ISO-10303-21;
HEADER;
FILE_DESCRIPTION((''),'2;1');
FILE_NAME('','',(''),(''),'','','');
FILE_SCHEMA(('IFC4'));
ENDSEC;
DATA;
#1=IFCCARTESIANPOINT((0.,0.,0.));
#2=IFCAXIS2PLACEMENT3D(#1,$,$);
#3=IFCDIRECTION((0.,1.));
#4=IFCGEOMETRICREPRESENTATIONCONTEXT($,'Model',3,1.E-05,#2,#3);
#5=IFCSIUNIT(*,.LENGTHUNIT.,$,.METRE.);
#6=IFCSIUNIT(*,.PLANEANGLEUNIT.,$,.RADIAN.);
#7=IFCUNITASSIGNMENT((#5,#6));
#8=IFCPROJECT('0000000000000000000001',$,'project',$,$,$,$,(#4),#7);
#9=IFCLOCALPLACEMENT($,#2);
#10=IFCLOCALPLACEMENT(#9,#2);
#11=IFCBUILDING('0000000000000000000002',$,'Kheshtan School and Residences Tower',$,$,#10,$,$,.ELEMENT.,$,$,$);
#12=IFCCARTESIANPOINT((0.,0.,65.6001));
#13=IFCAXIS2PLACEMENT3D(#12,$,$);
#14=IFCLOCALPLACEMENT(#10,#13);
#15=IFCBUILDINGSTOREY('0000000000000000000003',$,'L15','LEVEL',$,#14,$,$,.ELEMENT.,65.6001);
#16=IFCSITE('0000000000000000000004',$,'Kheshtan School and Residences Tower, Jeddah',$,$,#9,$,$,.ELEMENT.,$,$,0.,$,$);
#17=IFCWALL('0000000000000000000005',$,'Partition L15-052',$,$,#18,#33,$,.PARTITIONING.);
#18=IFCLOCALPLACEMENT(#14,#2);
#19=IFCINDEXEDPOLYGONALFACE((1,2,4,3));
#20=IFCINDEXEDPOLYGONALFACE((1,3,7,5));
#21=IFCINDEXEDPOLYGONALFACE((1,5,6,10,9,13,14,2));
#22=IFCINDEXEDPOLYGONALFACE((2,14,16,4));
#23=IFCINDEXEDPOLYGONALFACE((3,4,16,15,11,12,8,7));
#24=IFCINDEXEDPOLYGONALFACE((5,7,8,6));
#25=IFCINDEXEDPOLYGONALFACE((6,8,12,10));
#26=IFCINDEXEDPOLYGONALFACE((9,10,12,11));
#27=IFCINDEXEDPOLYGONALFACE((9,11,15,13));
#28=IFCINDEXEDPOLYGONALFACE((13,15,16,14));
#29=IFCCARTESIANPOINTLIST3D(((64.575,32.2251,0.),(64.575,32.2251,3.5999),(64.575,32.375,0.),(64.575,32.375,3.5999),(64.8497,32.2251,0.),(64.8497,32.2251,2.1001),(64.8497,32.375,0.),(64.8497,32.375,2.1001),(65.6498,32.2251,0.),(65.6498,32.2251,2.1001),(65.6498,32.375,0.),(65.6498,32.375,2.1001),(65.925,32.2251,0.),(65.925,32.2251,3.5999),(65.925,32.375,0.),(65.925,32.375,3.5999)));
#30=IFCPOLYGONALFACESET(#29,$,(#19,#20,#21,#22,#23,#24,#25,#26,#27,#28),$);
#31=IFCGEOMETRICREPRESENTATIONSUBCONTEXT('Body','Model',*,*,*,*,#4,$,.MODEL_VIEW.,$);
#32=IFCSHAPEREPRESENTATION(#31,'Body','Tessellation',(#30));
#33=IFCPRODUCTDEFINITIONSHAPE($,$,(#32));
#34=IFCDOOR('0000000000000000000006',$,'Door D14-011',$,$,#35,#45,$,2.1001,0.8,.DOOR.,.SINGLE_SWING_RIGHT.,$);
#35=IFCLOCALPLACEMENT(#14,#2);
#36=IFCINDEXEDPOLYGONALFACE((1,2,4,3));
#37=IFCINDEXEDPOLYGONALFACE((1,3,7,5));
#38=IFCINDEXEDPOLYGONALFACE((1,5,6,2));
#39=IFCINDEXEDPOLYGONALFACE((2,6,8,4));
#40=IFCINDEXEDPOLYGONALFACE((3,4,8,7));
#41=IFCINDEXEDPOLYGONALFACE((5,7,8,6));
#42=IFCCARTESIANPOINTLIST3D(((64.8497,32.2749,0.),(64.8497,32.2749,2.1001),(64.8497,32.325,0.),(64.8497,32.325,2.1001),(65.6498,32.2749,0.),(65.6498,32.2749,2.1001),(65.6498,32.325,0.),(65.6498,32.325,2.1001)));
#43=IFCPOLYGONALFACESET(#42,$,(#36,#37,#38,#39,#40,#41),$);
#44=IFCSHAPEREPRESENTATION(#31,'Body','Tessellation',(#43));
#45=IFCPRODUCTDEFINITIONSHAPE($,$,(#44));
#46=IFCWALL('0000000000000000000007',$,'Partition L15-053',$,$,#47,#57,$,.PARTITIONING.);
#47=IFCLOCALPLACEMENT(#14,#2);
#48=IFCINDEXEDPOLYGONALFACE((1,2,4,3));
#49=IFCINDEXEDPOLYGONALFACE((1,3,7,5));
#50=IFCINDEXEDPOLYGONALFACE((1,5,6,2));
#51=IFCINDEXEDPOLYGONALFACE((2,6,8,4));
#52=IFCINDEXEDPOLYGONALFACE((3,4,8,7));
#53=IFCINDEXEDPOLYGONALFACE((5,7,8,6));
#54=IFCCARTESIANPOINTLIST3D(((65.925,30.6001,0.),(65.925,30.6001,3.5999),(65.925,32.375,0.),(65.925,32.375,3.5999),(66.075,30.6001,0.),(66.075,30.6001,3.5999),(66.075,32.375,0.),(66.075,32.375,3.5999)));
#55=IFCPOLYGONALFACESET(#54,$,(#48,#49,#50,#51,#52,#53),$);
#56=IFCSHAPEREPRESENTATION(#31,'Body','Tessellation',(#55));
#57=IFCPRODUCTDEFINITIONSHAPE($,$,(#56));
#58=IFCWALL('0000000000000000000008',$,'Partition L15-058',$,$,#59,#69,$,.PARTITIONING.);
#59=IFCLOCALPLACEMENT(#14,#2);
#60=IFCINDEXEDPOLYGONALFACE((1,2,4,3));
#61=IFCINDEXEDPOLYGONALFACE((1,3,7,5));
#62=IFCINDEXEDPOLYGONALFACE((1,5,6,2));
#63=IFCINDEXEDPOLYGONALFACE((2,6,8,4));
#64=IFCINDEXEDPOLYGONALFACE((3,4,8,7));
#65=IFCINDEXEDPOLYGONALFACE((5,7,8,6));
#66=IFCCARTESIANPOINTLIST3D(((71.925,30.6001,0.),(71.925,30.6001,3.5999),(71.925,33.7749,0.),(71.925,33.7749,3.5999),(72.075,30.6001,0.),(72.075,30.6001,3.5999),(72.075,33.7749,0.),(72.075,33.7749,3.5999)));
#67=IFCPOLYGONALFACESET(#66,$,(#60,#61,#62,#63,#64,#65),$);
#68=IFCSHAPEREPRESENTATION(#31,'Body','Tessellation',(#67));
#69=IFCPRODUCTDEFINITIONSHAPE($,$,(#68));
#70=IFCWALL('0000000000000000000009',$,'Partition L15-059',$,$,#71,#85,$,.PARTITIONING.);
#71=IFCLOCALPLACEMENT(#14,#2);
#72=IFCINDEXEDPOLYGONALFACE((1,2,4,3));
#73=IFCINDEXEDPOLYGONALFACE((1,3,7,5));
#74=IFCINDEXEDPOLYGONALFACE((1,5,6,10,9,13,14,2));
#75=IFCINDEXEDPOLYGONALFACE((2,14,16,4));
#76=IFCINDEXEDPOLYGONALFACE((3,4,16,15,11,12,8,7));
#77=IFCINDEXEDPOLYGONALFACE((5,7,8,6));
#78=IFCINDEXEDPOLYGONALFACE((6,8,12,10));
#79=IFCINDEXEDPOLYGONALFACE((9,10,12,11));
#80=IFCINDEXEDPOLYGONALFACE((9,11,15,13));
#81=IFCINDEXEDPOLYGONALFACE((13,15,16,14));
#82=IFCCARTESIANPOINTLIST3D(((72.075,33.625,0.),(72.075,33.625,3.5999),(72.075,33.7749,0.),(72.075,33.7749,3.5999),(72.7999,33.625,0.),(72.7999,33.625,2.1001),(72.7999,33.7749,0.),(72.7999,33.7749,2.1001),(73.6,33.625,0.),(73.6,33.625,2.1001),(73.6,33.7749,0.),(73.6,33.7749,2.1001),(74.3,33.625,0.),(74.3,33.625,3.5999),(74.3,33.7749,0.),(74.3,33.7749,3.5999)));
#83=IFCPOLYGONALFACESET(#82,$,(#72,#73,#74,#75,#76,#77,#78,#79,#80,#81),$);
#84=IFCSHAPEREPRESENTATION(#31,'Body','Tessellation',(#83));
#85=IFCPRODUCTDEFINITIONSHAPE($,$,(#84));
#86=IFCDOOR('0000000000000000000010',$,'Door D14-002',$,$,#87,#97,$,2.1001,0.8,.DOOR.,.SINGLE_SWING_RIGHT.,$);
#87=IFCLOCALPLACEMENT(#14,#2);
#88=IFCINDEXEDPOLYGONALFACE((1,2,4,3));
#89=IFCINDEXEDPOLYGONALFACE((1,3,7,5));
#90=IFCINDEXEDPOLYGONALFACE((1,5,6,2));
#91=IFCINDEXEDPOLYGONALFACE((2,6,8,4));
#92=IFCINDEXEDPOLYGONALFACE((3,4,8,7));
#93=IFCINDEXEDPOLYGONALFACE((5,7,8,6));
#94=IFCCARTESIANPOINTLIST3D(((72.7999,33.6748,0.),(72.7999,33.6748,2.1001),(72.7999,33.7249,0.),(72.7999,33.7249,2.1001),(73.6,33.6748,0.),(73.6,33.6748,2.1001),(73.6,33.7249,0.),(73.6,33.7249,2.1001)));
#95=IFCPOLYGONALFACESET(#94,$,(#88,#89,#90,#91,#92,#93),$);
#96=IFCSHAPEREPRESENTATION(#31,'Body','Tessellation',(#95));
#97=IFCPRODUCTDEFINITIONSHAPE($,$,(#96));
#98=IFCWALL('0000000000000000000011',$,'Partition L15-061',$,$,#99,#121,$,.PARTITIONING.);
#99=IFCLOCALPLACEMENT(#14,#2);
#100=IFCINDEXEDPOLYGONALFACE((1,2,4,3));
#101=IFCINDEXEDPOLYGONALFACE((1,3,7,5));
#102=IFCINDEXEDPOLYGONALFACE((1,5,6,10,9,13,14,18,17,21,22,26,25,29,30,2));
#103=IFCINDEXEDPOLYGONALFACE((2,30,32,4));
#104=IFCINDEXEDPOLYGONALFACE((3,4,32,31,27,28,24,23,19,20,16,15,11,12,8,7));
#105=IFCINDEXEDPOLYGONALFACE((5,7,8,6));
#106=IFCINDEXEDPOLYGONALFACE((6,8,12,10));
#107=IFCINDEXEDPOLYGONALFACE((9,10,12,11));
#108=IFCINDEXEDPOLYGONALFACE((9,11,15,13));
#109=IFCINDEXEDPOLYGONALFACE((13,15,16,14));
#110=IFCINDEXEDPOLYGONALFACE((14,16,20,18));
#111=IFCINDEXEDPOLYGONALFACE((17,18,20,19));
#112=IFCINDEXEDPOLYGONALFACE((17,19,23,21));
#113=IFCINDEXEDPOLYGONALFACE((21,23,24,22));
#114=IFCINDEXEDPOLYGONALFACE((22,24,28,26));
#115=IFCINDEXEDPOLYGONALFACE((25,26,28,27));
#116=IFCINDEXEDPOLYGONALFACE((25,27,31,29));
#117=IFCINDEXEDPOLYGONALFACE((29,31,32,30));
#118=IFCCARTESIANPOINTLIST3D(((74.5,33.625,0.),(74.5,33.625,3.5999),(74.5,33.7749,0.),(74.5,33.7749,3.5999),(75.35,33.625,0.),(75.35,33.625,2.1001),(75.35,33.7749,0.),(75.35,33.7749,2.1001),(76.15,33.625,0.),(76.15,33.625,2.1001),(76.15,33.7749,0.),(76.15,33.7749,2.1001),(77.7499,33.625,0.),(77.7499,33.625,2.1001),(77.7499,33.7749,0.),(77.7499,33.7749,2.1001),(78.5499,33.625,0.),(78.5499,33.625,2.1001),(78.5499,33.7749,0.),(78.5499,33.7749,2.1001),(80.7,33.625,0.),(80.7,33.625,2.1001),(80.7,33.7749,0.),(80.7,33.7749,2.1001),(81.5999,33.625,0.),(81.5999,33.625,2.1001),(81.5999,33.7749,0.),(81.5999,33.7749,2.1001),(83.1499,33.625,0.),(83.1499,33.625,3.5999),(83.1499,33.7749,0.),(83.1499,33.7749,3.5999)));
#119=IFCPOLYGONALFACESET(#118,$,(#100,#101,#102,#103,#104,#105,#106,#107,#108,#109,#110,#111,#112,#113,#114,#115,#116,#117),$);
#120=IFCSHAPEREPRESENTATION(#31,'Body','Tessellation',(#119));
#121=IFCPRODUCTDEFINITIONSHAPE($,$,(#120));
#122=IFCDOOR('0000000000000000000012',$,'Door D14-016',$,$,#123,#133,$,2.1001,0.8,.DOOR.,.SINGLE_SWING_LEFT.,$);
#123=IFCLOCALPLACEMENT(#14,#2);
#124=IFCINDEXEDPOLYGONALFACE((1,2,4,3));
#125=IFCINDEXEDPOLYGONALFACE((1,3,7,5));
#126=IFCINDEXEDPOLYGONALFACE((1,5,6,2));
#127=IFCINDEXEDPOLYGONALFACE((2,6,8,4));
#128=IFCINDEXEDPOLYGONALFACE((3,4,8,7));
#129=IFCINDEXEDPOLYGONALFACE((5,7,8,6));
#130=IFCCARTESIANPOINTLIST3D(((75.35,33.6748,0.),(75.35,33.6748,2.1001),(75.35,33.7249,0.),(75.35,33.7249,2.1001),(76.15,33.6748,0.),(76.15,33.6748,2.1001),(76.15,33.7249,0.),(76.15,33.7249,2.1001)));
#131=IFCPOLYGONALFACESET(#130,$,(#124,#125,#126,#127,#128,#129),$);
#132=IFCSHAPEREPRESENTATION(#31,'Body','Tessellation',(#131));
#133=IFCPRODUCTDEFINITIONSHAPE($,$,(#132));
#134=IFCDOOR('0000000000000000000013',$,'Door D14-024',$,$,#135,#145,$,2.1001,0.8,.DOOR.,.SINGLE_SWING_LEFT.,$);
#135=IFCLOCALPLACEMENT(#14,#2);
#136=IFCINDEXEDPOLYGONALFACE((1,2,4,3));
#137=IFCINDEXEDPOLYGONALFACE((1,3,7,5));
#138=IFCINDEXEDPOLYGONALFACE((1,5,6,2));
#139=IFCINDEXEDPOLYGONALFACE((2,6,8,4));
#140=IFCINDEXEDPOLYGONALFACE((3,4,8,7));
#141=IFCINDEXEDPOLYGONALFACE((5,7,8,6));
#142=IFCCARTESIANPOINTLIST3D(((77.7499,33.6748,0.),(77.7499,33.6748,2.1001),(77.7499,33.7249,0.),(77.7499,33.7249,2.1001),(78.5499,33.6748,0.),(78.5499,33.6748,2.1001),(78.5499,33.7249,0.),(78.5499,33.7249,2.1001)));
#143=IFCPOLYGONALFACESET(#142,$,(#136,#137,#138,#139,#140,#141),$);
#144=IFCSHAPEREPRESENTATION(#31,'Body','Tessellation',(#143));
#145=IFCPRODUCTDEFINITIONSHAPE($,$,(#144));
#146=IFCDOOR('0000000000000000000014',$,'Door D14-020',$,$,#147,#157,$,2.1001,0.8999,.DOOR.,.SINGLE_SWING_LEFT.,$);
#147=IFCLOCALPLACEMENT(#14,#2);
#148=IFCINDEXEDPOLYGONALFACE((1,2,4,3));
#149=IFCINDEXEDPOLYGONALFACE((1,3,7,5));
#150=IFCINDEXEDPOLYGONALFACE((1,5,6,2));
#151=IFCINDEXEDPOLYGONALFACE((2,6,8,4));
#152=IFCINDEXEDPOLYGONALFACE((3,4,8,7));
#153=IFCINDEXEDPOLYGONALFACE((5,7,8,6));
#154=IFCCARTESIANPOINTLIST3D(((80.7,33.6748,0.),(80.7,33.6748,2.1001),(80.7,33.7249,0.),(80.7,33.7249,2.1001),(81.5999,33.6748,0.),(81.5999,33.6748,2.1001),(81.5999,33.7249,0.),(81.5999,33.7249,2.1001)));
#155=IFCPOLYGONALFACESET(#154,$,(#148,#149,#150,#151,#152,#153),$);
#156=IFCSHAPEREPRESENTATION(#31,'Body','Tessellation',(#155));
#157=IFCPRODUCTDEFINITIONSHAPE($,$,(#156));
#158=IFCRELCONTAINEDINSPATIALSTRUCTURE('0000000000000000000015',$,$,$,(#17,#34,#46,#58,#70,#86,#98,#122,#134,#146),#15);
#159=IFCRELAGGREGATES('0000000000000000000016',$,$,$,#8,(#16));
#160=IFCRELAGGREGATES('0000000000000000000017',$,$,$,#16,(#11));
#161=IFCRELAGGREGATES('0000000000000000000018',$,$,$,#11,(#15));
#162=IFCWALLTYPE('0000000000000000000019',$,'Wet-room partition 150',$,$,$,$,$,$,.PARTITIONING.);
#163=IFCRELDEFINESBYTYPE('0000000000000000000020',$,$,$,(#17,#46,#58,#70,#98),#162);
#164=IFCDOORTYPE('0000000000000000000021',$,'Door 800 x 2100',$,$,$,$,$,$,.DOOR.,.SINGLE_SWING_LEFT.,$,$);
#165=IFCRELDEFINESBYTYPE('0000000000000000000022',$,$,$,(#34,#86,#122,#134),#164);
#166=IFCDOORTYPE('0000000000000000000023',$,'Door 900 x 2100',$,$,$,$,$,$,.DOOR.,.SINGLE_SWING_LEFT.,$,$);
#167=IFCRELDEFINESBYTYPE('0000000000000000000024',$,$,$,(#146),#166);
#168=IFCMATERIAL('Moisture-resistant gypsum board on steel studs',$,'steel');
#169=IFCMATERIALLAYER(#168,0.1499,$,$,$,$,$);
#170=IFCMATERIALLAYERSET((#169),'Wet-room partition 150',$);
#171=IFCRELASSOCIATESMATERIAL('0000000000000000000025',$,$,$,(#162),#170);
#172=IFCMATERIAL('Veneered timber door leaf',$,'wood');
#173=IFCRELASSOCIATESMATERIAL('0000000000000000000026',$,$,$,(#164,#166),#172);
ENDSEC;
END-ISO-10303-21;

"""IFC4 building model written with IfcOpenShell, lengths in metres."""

from ifc_helpers import new_model, si_unit, direction, frame, frame_2d, origin, place, context, subcontext, project, spatial, rectangle, extrude, source, transform, mapped, material, layer, layer_set, type_object, element, fill, save


model = new_model("IFC4")

# Units and contexts
model_context = context("Model", 3, precision=1e-05, world=origin(), true_north=direction((0.0, 1.0)))
body_context = subcontext(model_context, "Body", "Model", "MODEL_VIEW")
ifc_project = project(units=[si_unit("LENGTHUNIT", "METRE"), si_unit("PLANEANGLEUNIT", "RADIAN")], contexts=[model_context])

# Site, building, storey
site_placement = place(None, origin())
site = spatial("IfcSite", under=ifc_project, at=site_placement, Name="Kheshtan School and Residences Tower, Jeddah", CompositionType="ELEMENT", RefElevation=0.0)
building_placement = place(site_placement, origin())
building = spatial("IfcBuilding", under=site, at=building_placement, Name="Kheshtan School and Residences Tower", CompositionType="ELEMENT")
storey_placement = place(building_placement, frame((0.0, 0.0, 65.6001)))
storey = spatial("IfcBuildingStorey", under=building, at=storey_placement, Name="L15", Description="LEVEL", CompositionType="ELEMENT", Elevation=65.6001)

# Shared definitions
ifc_material_1 = material(Name="Moisture-resistant gypsum board on steel studs", Category="steel")
ifc_layer_1 = layer(ifc_material_1, 0.1499)
ifc_layer_set_1 = layer_set([ifc_layer_1], Name="Wet-room partition 150")
wall_type_1 = type_object("IfcWallType", Name="Wet-room partition 150", PredefinedType="PARTITIONING", material=ifc_layer_set_1)

# Wall, opening, door
wall_1_placement = place(storey_placement, frame((64.575, 32.3, 0.0), z_axis=(0.0, 0.0, 1.0), x_axis=(1.0, 0.0, 0.0)))
wall_1 = element("IfcWall", 1, at=wall_1_placement, inside=storey, type_object=wall_type_1, Name="Partition L15-052", PredefinedType="PARTITIONING", context=body_context, shape_type="SweptSolid", body=[
    extrude(rectangle(XDim=1.3501, YDim=0.1499, at=frame_2d((0.675, 0.0))), origin(), (0.0, 0.0, 1.0), 3.5999),
])
opening_1_placement = place(wall_1_placement, frame((0.2749, 0.0, 0.0)))
opening_1 = element("IfcOpeningElement", 2, at=opening_1_placement, cuts=wall_1, PredefinedType="OPENING", context=body_context, shape_type="SweptSolid", body=[
    extrude(rectangle(XDim=0.8, YDim=2.1001, at=frame_2d((0.3999, 1.05))), frame((0.0, 0.085, 0.0), z_axis=(0.0, -1.0, 0.0), x_axis=(1.0, 0.0, 0.0)), (0.0, 0.0, 1.0), 0.1699),
])
ifc_material_2 = material(Name="Veneered timber door leaf", Category="wood")
door_type_1 = type_object("IfcDoorType", Name="Door 800 x 2100", OperationType="SINGLE_SWING_LEFT", PredefinedType="DOOR", material=ifc_material_2)
shared_shape_1 = source(origin(), body_context, "Body", "SweptSolid", [
    extrude(rectangle(XDim=0.8, YDim=2.1001, at=frame_2d((0.3999, 1.05))), frame((0.0, 0.0249, 0.0), z_axis=(0.0, -1.0, 0.0), x_axis=(1.0, 0.0, 0.0)), (0.0, 0.0, 1.0), 0.05),
])
door_1_placement = place(opening_1_placement, origin())
door_1 = element("IfcDoor", 3, at=door_1_placement, inside=storey, type_object=door_type_1, Name="Door D14-011", OperationType="SINGLE_SWING_RIGHT", OverallHeight=2.1001, OverallWidth=0.8, PredefinedType="DOOR", context=body_context, shape_type="MappedRepresentation", body=[
    mapped(shared_shape_1, transform((0.0, 0.0, 0.0), x_axis=(1.0, 0.0, 0.0), y_axis=(0.0, 1.0, 0.0), z_axis=(0.0, 0.0, 1.0), scale=1.0)),
])
fill(opening_1, door_1)

# Walls
wall_2_placement = place(storey_placement, frame((66.0, 30.6001, 0.0), z_axis=(0.0, 0.0, 1.0), x_axis=(0.0, 1.0, 0.0)))
element("IfcWall", 4, at=wall_2_placement, inside=storey, type_object=wall_type_1, Name="Partition L15-053", PredefinedType="PARTITIONING", context=body_context, shape_type="SweptSolid", body=[
    extrude(rectangle(XDim=1.7749, YDim=0.1499, at=frame_2d((0.8875, 0.0))), origin(), (0.0, 0.0, 1.0), 3.5999),
])
wall_3_placement = place(storey_placement, frame((72.0, 30.6001, 0.0), z_axis=(0.0, 0.0, 1.0), x_axis=(0.0, 1.0, 0.0)))
element("IfcWall", 5, at=wall_3_placement, inside=storey, type_object=wall_type_1, Name="Partition L15-058", PredefinedType="PARTITIONING", context=body_context, shape_type="SweptSolid", body=[
    extrude(rectangle(XDim=3.1748, YDim=0.1499, at=frame_2d((1.5874, 0.0))), origin(), (0.0, 0.0, 1.0), 3.5999),
])

# Wall, opening, door
wall_4_placement = place(storey_placement, frame((72.075, 33.7, 0.0), z_axis=(0.0, 0.0, 1.0), x_axis=(1.0, 0.0, 0.0)))
wall_4 = element("IfcWall", 6, at=wall_4_placement, inside=storey, type_object=wall_type_1, Name="Partition L15-059", PredefinedType="PARTITIONING", context=body_context, shape_type="SweptSolid", body=[
    extrude(rectangle(XDim=2.2251, YDim=0.1499, at=frame_2d((1.1125, 0.0))), origin(), (0.0, 0.0, 1.0), 3.5999),
])
opening_2_placement = place(wall_4_placement, frame((0.7251, 0.0, 0.0)))
opening_2 = element("IfcOpeningElement", 7, at=opening_2_placement, cuts=wall_4, PredefinedType="OPENING", context=body_context, shape_type="SweptSolid", body=[
    extrude(rectangle(XDim=0.8, YDim=2.1001, at=frame_2d((0.3999, 1.05))), frame((0.0, 0.085, 0.0), z_axis=(0.0, -1.0, 0.0), x_axis=(1.0, 0.0, 0.0)), (0.0, 0.0, 1.0), 0.1699),
])
door_2_placement = place(opening_2_placement, origin())
door_2 = element("IfcDoor", 8, at=door_2_placement, inside=storey, type_object=door_type_1, Name="Door D14-002", OperationType="SINGLE_SWING_RIGHT", OverallHeight=2.1001, OverallWidth=0.8, PredefinedType="DOOR", context=body_context, shape_type="MappedRepresentation", body=[
    mapped(shared_shape_1, transform((0.0, 0.0, 0.0), x_axis=(1.0, 0.0, 0.0), y_axis=(0.0, 1.0, 0.0), z_axis=(0.0, 0.0, 1.0), scale=1.0)),
])
fill(opening_2, door_2)

# Wall, openings, doors
wall_5_placement = place(storey_placement, frame((74.5, 33.7, 0.0), z_axis=(0.0, 0.0, 1.0), x_axis=(1.0, 0.0, 0.0)))
wall_5 = element("IfcWall", 9, at=wall_5_placement, inside=storey, type_object=wall_type_1, Name="Partition L15-061", PredefinedType="PARTITIONING", context=body_context, shape_type="SweptSolid", body=[
    extrude(rectangle(XDim=8.6499, YDim=0.1499, at=frame_2d((4.325, 0.0))), origin(), (0.0, 0.0, 1.0), 3.5999),
])
opening_3_placement = place(wall_5_placement, frame((0.8501, 0.0, 0.0)))
opening_3 = element("IfcOpeningElement", 10, at=opening_3_placement, cuts=wall_5, PredefinedType="OPENING", context=body_context, shape_type="SweptSolid", body=[
    extrude(rectangle(XDim=0.8, YDim=2.1001, at=frame_2d((0.3999, 1.05))), frame((0.0, 0.085, 0.0), z_axis=(0.0, -1.0, 0.0), x_axis=(1.0, 0.0, 0.0)), (0.0, 0.0, 1.0), 0.1699),
])
opening_4_placement = place(wall_5_placement, frame((6.2, 0.0, 0.0)))
opening_4 = element("IfcOpeningElement", 11, at=opening_4_placement, cuts=wall_5, PredefinedType="OPENING", context=body_context, shape_type="SweptSolid", body=[
    extrude(rectangle(XDim=0.8999, YDim=2.1001, at=frame_2d((0.45, 1.05))), frame((0.0, 0.085, 0.0), z_axis=(0.0, -1.0, 0.0), x_axis=(1.0, 0.0, 0.0)), (0.0, 0.0, 1.0), 0.1699),
])
opening_5_placement = place(wall_5_placement, frame((3.25, 0.0, 0.0)))
opening_5 = element("IfcOpeningElement", 12, at=opening_5_placement, cuts=wall_5, PredefinedType="OPENING", context=body_context, shape_type="SweptSolid", body=[
    extrude(rectangle(XDim=0.8, YDim=2.1001, at=frame_2d((0.3999, 1.05))), frame((0.0, 0.085, 0.0), z_axis=(0.0, -1.0, 0.0), x_axis=(1.0, 0.0, 0.0)), (0.0, 0.0, 1.0), 0.1699),
])
door_3_placement = place(opening_3_placement, origin())
door_3 = element("IfcDoor", 13, at=door_3_placement, inside=storey, type_object=door_type_1, Name="Door D14-016", OperationType="SINGLE_SWING_LEFT", OverallHeight=2.1001, OverallWidth=0.8, PredefinedType="DOOR", context=body_context, shape_type="MappedRepresentation", body=[
    mapped(shared_shape_1, transform((0.0, 0.0, 0.0), x_axis=(1.0, 0.0, 0.0), y_axis=(0.0, 1.0, 0.0), z_axis=(0.0, 0.0, 1.0), scale=1.0)),
])
fill(opening_3, door_3)
door_4_placement = place(opening_5_placement, origin())
door_4 = element("IfcDoor", 14, at=door_4_placement, inside=storey, type_object=door_type_1, Name="Door D14-024", OperationType="SINGLE_SWING_LEFT", OverallHeight=2.1001, OverallWidth=0.8, PredefinedType="DOOR", context=body_context, shape_type="MappedRepresentation", body=[
    mapped(shared_shape_1, transform((0.0, 0.0, 0.0), x_axis=(1.0, 0.0, 0.0), y_axis=(0.0, 1.0, 0.0), z_axis=(0.0, 0.0, 1.0), scale=1.0)),
])
fill(opening_5, door_4)
door_type_2 = type_object("IfcDoorType", Name="Door 900 x 2100", OperationType="SINGLE_SWING_LEFT", PredefinedType="DOOR", material=ifc_material_2)
shared_shape_2 = source(origin(), body_context, "Body", "SweptSolid", [
    extrude(rectangle(XDim=0.8999, YDim=2.1001, at=frame_2d((0.45, 1.05))), frame((0.0, 0.0249, 0.0), z_axis=(0.0, -1.0, 0.0), x_axis=(1.0, 0.0, 0.0)), (0.0, 0.0, 1.0), 0.05),
])
door_5_placement = place(opening_4_placement, origin())
door_5 = element("IfcDoor", 15, at=door_5_placement, inside=storey, type_object=door_type_2, Name="Door D14-020", OperationType="SINGLE_SWING_LEFT", OverallHeight=2.1001, OverallWidth=0.8999, PredefinedType="DOOR", context=body_context, shape_type="MappedRepresentation", body=[
    mapped(shared_shape_2, transform((0.0, 0.0, 0.0), x_axis=(1.0, 0.0, 0.0), y_axis=(0.0, 1.0, 0.0), z_axis=(0.0, 0.0, 1.0), scale=1.0)),
])
fill(opening_4, door_5)

save(model, "model.ifc")
